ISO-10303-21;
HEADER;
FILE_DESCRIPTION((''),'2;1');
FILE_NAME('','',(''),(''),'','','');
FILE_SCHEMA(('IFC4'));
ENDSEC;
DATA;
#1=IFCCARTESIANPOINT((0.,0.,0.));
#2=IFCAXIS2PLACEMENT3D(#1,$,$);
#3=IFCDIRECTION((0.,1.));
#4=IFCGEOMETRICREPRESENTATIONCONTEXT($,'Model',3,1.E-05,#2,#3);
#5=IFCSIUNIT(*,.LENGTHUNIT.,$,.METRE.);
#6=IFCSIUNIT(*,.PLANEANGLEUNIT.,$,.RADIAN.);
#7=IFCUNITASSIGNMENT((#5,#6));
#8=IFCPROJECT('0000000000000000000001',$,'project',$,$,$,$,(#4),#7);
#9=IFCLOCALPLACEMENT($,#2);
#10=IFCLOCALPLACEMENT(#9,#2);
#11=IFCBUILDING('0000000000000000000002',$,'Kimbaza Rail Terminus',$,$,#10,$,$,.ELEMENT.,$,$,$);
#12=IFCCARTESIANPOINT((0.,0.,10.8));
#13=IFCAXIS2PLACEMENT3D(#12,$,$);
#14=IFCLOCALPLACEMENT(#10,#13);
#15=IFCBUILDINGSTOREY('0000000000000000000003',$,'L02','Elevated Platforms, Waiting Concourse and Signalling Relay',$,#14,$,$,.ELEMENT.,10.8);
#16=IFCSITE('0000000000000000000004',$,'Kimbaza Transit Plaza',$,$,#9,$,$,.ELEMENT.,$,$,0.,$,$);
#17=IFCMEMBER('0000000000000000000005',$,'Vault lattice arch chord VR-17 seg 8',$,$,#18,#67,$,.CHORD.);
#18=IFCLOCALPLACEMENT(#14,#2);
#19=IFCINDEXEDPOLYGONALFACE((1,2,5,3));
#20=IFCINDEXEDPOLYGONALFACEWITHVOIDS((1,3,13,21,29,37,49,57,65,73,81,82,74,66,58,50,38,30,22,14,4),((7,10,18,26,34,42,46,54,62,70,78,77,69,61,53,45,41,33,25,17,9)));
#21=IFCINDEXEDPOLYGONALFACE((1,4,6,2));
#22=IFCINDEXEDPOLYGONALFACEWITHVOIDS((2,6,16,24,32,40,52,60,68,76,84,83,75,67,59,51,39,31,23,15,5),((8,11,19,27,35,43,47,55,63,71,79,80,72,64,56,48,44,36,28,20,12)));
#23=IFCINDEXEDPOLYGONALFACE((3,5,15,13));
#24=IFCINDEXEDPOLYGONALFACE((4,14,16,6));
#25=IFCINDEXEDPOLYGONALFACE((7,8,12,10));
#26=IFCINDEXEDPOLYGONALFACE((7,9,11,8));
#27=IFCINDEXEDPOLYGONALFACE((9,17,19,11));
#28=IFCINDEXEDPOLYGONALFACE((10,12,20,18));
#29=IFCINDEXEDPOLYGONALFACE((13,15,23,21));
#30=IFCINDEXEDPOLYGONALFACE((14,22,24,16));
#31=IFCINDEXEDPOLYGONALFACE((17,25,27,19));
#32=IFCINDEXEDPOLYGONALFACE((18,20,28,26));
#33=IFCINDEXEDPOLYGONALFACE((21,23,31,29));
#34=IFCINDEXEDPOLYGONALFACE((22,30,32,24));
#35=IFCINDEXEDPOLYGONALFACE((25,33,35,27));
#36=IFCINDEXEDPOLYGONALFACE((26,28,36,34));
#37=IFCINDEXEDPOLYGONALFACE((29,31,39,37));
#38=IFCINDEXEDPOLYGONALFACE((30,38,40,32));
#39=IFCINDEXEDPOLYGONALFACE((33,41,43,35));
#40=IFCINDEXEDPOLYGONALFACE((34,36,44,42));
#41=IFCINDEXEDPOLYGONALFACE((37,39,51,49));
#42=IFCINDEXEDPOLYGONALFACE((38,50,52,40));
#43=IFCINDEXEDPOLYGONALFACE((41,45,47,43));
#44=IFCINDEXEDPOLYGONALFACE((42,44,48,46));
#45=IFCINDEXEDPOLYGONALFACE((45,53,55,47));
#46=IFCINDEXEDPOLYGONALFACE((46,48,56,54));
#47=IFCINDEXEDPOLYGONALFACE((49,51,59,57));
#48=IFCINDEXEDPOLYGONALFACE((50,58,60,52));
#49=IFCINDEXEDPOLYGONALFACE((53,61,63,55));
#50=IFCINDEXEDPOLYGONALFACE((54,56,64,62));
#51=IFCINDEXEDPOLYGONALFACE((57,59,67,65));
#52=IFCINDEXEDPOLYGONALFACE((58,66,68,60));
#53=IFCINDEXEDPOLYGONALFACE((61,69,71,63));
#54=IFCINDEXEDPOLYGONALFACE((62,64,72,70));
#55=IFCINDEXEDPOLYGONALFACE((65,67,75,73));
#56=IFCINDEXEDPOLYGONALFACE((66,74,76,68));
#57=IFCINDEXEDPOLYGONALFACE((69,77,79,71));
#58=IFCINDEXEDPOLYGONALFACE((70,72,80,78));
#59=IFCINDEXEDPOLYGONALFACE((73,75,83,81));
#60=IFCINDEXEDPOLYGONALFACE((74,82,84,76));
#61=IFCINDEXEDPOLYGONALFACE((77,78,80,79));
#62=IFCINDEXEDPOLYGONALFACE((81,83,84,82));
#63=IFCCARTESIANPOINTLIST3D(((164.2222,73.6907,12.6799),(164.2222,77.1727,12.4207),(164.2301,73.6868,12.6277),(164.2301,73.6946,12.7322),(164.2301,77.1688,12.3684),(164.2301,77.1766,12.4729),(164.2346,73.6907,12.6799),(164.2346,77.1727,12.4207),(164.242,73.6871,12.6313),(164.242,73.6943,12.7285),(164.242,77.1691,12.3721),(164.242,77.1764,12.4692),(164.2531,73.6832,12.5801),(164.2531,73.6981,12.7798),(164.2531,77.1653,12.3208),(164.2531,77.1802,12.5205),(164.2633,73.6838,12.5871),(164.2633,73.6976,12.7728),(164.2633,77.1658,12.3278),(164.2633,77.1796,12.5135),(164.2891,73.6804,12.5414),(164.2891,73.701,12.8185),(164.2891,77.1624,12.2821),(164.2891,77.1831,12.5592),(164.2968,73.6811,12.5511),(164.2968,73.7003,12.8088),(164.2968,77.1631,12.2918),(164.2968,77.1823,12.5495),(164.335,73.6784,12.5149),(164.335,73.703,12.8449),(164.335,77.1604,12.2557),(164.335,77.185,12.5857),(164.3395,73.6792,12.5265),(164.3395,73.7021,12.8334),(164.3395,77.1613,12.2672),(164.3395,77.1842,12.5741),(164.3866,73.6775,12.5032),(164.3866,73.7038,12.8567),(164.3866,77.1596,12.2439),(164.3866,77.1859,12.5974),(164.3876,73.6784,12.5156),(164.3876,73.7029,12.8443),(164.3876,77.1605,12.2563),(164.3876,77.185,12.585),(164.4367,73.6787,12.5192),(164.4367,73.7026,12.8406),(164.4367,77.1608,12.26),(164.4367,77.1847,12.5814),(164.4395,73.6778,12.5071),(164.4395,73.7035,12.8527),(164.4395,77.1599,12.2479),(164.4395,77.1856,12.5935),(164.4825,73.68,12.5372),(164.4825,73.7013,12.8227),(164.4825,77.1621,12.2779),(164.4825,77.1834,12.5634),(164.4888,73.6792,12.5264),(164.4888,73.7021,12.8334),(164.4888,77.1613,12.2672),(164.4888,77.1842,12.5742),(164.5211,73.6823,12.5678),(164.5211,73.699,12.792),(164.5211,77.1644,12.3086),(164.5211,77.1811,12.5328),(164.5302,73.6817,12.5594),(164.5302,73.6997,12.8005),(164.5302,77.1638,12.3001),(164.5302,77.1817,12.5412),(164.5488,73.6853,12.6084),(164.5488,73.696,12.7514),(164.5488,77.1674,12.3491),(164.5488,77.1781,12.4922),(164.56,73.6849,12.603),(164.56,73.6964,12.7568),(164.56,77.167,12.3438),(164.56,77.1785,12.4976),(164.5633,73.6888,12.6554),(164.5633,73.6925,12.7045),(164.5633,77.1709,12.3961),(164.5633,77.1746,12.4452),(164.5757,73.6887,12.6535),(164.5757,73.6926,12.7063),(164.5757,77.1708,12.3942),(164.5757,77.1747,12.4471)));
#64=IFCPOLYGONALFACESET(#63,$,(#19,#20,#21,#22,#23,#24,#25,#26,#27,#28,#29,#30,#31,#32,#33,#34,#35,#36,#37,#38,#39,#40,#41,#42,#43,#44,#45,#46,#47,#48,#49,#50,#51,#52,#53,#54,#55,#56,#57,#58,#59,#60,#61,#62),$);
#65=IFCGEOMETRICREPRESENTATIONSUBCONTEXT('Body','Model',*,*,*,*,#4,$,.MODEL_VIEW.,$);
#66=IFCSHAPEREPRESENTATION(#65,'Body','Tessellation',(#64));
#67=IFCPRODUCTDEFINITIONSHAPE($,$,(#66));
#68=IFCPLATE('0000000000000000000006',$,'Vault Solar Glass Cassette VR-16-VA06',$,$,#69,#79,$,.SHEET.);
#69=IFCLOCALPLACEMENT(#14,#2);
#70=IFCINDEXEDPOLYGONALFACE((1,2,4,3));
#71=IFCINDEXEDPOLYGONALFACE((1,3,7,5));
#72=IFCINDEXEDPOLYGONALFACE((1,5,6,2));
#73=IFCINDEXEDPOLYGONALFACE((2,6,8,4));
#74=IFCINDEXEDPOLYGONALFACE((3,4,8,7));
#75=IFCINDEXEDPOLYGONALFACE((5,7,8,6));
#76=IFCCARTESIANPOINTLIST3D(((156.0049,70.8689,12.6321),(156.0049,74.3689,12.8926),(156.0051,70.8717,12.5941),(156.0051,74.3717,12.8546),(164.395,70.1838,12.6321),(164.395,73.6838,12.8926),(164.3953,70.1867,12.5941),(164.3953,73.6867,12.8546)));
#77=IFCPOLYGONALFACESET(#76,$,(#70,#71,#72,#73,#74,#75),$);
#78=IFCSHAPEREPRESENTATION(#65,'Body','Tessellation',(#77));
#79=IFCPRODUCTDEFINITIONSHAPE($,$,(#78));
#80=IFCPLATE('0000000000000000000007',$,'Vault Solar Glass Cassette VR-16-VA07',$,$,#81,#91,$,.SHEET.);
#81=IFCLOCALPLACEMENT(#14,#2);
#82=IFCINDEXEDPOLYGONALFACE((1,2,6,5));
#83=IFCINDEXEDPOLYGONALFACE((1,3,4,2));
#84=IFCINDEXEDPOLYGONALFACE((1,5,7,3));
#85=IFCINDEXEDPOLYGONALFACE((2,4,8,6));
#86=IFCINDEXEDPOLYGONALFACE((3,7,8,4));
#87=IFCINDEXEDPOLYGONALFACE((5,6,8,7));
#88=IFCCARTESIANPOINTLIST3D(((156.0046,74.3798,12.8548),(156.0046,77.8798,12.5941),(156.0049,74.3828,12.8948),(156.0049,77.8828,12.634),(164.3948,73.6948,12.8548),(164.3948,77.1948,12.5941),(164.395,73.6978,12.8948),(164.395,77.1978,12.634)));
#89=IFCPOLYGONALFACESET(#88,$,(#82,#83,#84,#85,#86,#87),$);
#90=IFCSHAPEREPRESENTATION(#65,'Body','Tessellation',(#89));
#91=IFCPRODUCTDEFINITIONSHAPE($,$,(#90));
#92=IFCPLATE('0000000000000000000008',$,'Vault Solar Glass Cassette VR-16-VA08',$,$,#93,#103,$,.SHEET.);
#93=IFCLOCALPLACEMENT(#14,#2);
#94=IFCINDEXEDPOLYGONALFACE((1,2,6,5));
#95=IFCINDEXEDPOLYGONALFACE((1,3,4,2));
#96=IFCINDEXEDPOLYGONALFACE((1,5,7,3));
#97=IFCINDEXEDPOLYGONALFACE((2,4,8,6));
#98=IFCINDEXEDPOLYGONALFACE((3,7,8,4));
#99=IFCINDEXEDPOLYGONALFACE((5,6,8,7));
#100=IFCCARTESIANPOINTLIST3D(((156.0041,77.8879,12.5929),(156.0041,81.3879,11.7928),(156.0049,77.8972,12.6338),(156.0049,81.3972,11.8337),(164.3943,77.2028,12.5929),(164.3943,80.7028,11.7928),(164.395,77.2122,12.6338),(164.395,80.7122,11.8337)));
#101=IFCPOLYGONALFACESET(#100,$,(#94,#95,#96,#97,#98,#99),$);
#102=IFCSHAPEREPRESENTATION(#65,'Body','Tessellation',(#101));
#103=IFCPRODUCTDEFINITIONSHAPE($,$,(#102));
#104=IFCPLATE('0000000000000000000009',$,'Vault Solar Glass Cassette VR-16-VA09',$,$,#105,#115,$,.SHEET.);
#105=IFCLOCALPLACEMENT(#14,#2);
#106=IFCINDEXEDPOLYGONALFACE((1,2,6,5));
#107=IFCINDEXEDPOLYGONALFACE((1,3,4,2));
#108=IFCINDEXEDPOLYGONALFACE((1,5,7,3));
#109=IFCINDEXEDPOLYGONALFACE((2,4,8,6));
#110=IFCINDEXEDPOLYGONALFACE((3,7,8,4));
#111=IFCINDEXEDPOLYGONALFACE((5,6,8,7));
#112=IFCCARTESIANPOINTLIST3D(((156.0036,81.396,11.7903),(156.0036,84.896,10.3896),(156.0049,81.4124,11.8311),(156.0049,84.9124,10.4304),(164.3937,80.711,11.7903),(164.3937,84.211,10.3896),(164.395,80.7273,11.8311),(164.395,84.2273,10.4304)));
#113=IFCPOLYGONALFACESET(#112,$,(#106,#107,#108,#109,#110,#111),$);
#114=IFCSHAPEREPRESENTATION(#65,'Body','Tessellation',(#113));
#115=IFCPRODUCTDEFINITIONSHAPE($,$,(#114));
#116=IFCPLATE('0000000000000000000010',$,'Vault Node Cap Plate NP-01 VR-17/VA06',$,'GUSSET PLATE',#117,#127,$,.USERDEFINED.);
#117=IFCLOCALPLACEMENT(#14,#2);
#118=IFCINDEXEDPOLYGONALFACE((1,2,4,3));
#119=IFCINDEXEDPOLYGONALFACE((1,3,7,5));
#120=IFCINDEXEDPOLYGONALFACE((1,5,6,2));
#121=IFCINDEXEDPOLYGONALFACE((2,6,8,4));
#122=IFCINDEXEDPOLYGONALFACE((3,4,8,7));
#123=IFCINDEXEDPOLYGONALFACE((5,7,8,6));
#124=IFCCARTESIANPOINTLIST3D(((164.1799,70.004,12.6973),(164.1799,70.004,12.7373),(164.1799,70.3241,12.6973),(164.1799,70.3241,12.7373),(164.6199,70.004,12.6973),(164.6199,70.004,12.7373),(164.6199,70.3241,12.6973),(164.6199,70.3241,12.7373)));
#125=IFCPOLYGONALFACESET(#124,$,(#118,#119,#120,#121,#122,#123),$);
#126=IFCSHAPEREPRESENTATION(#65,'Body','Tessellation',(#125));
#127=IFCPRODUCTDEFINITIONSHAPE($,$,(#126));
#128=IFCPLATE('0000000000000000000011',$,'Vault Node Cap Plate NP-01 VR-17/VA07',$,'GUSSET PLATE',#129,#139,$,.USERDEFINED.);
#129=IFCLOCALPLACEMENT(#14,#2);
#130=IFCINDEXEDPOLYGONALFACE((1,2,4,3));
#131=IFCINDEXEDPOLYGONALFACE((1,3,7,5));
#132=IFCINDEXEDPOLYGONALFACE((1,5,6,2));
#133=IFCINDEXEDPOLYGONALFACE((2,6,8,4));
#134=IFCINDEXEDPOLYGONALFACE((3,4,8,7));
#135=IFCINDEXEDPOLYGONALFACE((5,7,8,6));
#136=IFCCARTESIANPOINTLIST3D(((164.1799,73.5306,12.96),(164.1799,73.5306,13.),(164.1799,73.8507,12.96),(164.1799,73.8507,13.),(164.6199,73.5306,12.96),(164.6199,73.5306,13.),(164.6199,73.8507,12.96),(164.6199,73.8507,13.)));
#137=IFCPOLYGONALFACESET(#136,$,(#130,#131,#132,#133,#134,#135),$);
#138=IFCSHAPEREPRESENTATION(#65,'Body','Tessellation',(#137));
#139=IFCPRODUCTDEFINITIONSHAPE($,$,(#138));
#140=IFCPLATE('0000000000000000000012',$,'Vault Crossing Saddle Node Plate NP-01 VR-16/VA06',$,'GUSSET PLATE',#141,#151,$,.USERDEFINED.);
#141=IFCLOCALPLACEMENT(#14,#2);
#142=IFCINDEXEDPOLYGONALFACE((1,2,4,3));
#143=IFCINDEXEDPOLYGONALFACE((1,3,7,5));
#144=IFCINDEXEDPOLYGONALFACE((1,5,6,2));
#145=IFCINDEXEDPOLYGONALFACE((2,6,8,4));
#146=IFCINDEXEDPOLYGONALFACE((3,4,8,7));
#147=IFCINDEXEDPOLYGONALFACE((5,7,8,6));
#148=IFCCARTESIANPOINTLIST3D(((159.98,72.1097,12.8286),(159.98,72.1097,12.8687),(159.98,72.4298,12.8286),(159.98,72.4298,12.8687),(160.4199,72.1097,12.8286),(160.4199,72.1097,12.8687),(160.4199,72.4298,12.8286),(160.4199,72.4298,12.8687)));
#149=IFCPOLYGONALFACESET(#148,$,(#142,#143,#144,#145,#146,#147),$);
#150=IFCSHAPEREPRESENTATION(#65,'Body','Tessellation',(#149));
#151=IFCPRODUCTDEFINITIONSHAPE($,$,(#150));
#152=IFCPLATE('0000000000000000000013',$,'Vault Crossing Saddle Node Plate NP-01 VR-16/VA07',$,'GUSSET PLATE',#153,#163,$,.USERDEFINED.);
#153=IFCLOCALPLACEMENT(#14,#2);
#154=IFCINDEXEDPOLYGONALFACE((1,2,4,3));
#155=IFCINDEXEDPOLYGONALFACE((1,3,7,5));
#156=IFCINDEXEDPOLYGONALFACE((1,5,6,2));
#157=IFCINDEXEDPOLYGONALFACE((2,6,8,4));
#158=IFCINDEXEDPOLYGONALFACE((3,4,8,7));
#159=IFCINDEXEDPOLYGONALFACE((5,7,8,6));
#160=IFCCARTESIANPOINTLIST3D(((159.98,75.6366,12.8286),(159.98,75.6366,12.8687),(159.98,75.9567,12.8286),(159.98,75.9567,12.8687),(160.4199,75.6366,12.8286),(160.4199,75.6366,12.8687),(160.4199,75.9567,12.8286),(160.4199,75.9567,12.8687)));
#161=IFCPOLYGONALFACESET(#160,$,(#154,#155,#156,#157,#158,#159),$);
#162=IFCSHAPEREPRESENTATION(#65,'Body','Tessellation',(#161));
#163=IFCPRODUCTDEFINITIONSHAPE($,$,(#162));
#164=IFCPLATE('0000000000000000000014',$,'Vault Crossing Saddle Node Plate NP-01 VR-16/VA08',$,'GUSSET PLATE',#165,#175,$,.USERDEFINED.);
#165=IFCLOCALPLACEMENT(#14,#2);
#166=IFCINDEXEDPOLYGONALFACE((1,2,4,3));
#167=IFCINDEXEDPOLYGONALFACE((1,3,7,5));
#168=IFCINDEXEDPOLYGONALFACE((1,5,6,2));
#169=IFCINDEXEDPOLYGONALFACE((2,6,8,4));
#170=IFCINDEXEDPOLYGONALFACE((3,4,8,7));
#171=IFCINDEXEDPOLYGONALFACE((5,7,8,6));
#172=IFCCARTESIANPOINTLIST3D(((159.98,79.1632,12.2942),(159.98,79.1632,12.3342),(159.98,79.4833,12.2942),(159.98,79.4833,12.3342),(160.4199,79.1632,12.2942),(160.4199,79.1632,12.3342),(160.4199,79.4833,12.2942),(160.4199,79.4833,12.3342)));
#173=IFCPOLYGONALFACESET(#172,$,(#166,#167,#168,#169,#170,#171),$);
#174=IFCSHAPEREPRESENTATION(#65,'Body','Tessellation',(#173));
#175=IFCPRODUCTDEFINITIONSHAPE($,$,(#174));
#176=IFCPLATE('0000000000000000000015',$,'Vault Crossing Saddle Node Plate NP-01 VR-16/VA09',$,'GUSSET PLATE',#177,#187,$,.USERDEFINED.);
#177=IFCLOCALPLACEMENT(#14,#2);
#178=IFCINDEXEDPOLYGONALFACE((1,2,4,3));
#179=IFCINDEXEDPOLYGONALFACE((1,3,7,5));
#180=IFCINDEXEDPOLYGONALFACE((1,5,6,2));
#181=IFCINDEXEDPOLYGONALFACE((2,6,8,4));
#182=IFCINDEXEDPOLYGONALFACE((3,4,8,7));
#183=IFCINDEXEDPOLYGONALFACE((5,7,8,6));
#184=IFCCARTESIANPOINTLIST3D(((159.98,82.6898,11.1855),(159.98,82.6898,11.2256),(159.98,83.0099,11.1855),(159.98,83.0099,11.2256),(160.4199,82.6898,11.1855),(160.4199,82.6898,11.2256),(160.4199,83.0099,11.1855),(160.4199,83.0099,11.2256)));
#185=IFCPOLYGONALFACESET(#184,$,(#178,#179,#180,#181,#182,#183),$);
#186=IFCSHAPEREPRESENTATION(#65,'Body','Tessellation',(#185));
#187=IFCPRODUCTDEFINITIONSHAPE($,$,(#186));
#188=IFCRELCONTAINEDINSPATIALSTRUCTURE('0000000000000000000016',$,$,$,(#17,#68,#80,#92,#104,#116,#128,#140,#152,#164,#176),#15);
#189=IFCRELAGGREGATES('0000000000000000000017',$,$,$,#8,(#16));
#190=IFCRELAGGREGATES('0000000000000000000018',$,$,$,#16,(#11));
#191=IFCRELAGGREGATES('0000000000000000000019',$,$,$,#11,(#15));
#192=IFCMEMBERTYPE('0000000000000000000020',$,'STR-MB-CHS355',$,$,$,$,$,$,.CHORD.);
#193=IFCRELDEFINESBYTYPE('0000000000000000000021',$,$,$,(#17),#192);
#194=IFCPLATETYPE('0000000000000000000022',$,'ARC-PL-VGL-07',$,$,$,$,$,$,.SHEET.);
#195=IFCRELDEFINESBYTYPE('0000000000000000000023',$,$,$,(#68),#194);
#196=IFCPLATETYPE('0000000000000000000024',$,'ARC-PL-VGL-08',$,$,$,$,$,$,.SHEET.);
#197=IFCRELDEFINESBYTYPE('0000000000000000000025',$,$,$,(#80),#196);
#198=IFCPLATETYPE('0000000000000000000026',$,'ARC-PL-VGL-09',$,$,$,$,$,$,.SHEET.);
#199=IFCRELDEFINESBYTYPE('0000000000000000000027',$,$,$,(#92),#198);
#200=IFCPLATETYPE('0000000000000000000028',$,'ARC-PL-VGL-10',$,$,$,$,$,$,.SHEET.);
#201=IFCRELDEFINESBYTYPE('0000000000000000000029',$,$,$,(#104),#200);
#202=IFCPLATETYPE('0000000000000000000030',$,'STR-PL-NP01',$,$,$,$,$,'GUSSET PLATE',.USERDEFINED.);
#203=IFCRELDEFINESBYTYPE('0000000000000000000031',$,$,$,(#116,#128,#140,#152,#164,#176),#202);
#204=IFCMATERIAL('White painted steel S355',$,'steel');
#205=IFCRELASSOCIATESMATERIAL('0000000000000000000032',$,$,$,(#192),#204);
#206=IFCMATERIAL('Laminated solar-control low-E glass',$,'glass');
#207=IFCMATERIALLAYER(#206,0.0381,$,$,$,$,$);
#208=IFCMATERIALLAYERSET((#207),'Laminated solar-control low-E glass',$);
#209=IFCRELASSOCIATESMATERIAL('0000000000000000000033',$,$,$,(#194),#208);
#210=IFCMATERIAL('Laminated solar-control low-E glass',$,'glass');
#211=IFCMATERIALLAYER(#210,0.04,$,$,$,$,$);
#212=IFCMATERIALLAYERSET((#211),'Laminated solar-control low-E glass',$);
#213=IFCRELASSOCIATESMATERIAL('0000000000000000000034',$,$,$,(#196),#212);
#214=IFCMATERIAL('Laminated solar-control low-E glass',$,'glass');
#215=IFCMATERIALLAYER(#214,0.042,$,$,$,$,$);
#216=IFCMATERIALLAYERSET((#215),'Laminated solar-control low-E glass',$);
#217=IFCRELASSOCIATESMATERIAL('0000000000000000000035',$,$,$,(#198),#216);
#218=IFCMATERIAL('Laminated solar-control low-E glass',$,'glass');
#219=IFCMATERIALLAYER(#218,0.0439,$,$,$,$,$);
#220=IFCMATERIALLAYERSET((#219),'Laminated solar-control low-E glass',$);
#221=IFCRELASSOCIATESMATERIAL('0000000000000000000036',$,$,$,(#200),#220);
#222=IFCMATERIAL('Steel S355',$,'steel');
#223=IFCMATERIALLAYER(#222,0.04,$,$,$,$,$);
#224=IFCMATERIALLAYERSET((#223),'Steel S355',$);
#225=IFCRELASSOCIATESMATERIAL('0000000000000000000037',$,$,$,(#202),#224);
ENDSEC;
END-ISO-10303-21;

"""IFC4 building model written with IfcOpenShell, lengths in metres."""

from ifc_helpers import new_model, si_unit, direction, frame, origin, origin_2d, place, context, subcontext, project, spatial, polyline, rectangle, hollow_circle, outline, extrude, material, layer, layer_set, material_profile, profile_set, type_object, element, save


model = new_model("IFC4")

# Units and contexts
model_context = context("Model", 3, precision=1e-05, world=origin(), true_north=direction((0.0, 1.0)))
body_context = subcontext(model_context, "Body", "Model", "MODEL_VIEW")
ifc_project = project(units=[si_unit("LENGTHUNIT", "METRE"), si_unit("PLANEANGLEUNIT", "RADIAN")], contexts=[model_context])

# Site, building, storey
site_placement = place(None, origin())
site = spatial("IfcSite", under=ifc_project, at=site_placement, Name="Kimbaza Transit Plaza", CompositionType="ELEMENT", RefElevation=0.0)
building_placement = place(site_placement, origin())
building = spatial("IfcBuilding", under=site, at=building_placement, Name="Kimbaza Rail Terminus", CompositionType="ELEMENT")
storey_placement = place(building_placement, frame((0.0, 0.0, 10.8)))
storey = spatial("IfcBuildingStorey", under=building, at=storey_placement, Name="L02", Description="Elevated Platforms, Waiting Concourse and Signalling Relay", CompositionType="ELEMENT", Elevation=10.8)

# Member
ifc_material_1 = material(Name="White painted steel S355", Category="steel")
ifc_material_profile_1 = material_profile(ifc_material_1, hollow_circle(Radius=0.1777, WallThickness=0.0125, at=origin_2d()), Name="CHS 355.6x12.5")
ifc_profile_set_1 = profile_set([ifc_material_profile_1], Name="White painted steel S355")
member_type_1 = type_object("IfcMemberType", Name="STR-MB-CHS355", PredefinedType="CHORD", material=ifc_profile_set_1)
for number, where, z_axis, x_axis, name in (
    (1, (164.3999, 73.6907, 12.6799), (0.0, 0.997239, -0.074253), (-1.0, 0.0, 0.0), "Vault lattice arch chord VR-17 seg 8"),
):
    element("IfcMember", number, at=place(storey_placement, frame(where, z_axis=z_axis, x_axis=x_axis)), inside=storey, type_object=member_type_1, Name=name, PredefinedType="CHORD", context=body_context, shape_type="SweptSolid", body=[
        extrude(hollow_circle(Radius=0.1777, WallThickness=0.0125, at=origin_2d()), origin(), (0.0, 0.0, 1.0), 3.4917),
    ])

# Plates
ifc_material_2 = material(Name="Laminated solar-control low-E glass", Category="glass")
ifc_layer_1 = layer(ifc_material_2, 0.0381)
ifc_layer_set_1 = layer_set([ifc_layer_1], Name="Laminated solar-control low-E glass")
plate_type_1 = type_object("IfcPlateType", Name="ARC-PL-VGL-07", PredefinedType="SHEET", material=ifc_layer_set_1)
plate_1_placement = place(storey_placement, frame((156.0049, 70.8689, 12.6321), z_axis=(-0.00606, -0.074221, 0.997223), x_axis=(0.996683, -0.08138, 0.0)))
element("IfcPlate", 2, at=plate_1_placement, inside=storey, type_object=plate_type_1, Name="Vault Solar Glass Cassette VR-16-VA06", PredefinedType="SHEET", context=body_context, shape_type="SweptSolid", body=[
    extrude(outline(polyline([(0.0, 0.0), (8.4181, 0.0), (8.1332, 3.4981), (-0.2848, 3.4981), (0.0, 0.0)])), origin(), (0.0, 0.0, -1.0), 0.0381),
])
ifc_material_3 = material(Name="Laminated solar-control low-E glass", Category="glass")
ifc_layer_2 = layer(ifc_material_3, 0.04)
ifc_layer_set_2 = layer_set([ifc_layer_2], Name="Laminated solar-control low-E glass")
plate_type_2 = type_object("IfcPlateType", Name="ARC-PL-VGL-08", PredefinedType="SHEET", material=ifc_layer_set_2)
plate_2_placement = place(storey_placement, frame((156.0049, 74.3828, 12.8948), z_axis=(0.006066, 0.074291, 0.997218), x_axis=(0.996683, -0.08138, 0.0)))
element("IfcPlate", 3, at=plate_2_placement, inside=storey, type_object=plate_type_2, Name="Vault Solar Glass Cassette VR-16-VA07", PredefinedType="SHEET", context=body_context, shape_type="SweptSolid", body=[
    extrude(outline(polyline([(0.0, 0.0), (8.4181, 0.0), (8.1332, 3.4981), (-0.2848, 3.4981), (0.0, 0.0)])), origin(), (0.0, 0.0, -1.0), 0.04),
])
ifc_material_4 = material(Name="Laminated solar-control low-E glass", Category="glass")
ifc_layer_3 = layer(ifc_material_4, 0.042)
ifc_layer_set_3 = layer_set([ifc_layer_3], Name="Laminated solar-control low-E glass")
plate_type_3 = type_object("IfcPlateType", Name="ARC-PL-VGL-09", PredefinedType="SHEET", material=ifc_layer_set_3)
plate_3_placement = place(storey_placement, frame((156.0049, 77.8972, 12.6338), z_axis=(0.018192, 0.222801, 0.974694), x_axis=(0.996683, -0.08138, 0.0)))
element("IfcPlate", 4, at=plate_3_placement, inside=storey, type_object=plate_type_3, Name="Vault Solar Glass Cassette VR-16-VA08", PredefinedType="SHEET", context=body_context, shape_type="SweptSolid", body=[
    extrude(outline(polyline([(0.0, 0.0), (8.4181, 0.0), (8.1332, 3.579), (-0.2848, 3.579), (0.0, 0.0)])), origin(), (0.0, 0.0, -1.0), 0.042),
])
ifc_material_5 = material(Name="Laminated solar-control low-E glass", Category="glass")
ifc_layer_4 = layer(ifc_material_5, 0.0439)
ifc_layer_set_4 = layer_set([ifc_layer_4], Name="Laminated solar-control low-E glass")
plate_type_4 = type_object("IfcPlateType", Name="ARC-PL-VGL-10", PredefinedType="SHEET", material=ifc_layer_set_4)
plate_4_placement = place(storey_placement, frame((156.0049, 81.4124, 11.8311), z_axis=(0.030322, 0.371365, 0.927992), x_axis=(0.996683, -0.08138, 0.0)))
element("IfcPlate", 5, at=plate_4_placement, inside=storey, type_object=plate_type_4, Name="Vault Solar Glass Cassette VR-16-VA09", PredefinedType="SHEET", context=body_context, shape_type="SweptSolid", body=[
    extrude(outline(polyline([(0.0, 0.0), (8.4181, 0.0), (8.1332, 3.7591), (-0.2848, 3.7591), (0.0, 0.0)])), origin(), (0.0, 0.0, -1.0), 0.0439),
])
ifc_material_6 = material(Name="Steel S355", Category="steel")
ifc_layer_5 = layer(ifc_material_6, 0.04)
ifc_layer_set_5 = layer_set([ifc_layer_5], Name="Steel S355")
plate_type_5 = type_object("IfcPlateType", Name="STR-PL-NP01", ElementType="GUSSET PLATE", PredefinedType="USERDEFINED", material=ifc_layer_set_5)
for number, where, z_axis, x_axis, name in (
    (6, (164.3999, 70.1641, 12.6973), (0.0, 0.0, 1.0), (1.0, 0.0, 0.0), "Vault Node Cap Plate NP-01 VR-17/VA06"),
    (7, (164.3999, 73.6907, 12.96), (0.0, 0.0, 1.0), (1.0, 0.0, 0.0), "Vault Node Cap Plate NP-01 VR-17/VA07"),
    (8, (160.2, 72.2698, 12.8286), (0.0, 0.0, 1.0), (1.0, 0.0, 0.0), "Vault Crossing Saddle Node Plate NP-01 VR-16/VA06"),
    (9, (160.2, 75.7966, 12.8286), (0.0, 0.0, 1.0), (1.0, 0.0, 0.0), "Vault Crossing Saddle Node Plate NP-01 VR-16/VA07"),
    (10, (160.2, 79.3232, 12.2942), (0.0, 0.0, 1.0), (1.0, 0.0, 0.0), "Vault Crossing Saddle Node Plate NP-01 VR-16/VA08"),
    (11, (160.2, 82.8499, 11.1855), (0.0, 0.0, 1.0), (1.0, 0.0, 0.0), "Vault Crossing Saddle Node Plate NP-01 VR-16/VA09"),
):
    element("IfcPlate", number, at=place(storey_placement, frame(where, z_axis=z_axis, x_axis=x_axis)), inside=storey, type_object=plate_type_5, Name=name, ObjectType="GUSSET PLATE", PredefinedType="USERDEFINED", context=body_context, shape_type="SweptSolid", body=[
        extrude(rectangle(XDim=0.4399, YDim=0.3201, at=origin_2d()), origin(), (0.0, 0.0, 1.0), 0.04),
    ])

save(model, "model.ifc")
